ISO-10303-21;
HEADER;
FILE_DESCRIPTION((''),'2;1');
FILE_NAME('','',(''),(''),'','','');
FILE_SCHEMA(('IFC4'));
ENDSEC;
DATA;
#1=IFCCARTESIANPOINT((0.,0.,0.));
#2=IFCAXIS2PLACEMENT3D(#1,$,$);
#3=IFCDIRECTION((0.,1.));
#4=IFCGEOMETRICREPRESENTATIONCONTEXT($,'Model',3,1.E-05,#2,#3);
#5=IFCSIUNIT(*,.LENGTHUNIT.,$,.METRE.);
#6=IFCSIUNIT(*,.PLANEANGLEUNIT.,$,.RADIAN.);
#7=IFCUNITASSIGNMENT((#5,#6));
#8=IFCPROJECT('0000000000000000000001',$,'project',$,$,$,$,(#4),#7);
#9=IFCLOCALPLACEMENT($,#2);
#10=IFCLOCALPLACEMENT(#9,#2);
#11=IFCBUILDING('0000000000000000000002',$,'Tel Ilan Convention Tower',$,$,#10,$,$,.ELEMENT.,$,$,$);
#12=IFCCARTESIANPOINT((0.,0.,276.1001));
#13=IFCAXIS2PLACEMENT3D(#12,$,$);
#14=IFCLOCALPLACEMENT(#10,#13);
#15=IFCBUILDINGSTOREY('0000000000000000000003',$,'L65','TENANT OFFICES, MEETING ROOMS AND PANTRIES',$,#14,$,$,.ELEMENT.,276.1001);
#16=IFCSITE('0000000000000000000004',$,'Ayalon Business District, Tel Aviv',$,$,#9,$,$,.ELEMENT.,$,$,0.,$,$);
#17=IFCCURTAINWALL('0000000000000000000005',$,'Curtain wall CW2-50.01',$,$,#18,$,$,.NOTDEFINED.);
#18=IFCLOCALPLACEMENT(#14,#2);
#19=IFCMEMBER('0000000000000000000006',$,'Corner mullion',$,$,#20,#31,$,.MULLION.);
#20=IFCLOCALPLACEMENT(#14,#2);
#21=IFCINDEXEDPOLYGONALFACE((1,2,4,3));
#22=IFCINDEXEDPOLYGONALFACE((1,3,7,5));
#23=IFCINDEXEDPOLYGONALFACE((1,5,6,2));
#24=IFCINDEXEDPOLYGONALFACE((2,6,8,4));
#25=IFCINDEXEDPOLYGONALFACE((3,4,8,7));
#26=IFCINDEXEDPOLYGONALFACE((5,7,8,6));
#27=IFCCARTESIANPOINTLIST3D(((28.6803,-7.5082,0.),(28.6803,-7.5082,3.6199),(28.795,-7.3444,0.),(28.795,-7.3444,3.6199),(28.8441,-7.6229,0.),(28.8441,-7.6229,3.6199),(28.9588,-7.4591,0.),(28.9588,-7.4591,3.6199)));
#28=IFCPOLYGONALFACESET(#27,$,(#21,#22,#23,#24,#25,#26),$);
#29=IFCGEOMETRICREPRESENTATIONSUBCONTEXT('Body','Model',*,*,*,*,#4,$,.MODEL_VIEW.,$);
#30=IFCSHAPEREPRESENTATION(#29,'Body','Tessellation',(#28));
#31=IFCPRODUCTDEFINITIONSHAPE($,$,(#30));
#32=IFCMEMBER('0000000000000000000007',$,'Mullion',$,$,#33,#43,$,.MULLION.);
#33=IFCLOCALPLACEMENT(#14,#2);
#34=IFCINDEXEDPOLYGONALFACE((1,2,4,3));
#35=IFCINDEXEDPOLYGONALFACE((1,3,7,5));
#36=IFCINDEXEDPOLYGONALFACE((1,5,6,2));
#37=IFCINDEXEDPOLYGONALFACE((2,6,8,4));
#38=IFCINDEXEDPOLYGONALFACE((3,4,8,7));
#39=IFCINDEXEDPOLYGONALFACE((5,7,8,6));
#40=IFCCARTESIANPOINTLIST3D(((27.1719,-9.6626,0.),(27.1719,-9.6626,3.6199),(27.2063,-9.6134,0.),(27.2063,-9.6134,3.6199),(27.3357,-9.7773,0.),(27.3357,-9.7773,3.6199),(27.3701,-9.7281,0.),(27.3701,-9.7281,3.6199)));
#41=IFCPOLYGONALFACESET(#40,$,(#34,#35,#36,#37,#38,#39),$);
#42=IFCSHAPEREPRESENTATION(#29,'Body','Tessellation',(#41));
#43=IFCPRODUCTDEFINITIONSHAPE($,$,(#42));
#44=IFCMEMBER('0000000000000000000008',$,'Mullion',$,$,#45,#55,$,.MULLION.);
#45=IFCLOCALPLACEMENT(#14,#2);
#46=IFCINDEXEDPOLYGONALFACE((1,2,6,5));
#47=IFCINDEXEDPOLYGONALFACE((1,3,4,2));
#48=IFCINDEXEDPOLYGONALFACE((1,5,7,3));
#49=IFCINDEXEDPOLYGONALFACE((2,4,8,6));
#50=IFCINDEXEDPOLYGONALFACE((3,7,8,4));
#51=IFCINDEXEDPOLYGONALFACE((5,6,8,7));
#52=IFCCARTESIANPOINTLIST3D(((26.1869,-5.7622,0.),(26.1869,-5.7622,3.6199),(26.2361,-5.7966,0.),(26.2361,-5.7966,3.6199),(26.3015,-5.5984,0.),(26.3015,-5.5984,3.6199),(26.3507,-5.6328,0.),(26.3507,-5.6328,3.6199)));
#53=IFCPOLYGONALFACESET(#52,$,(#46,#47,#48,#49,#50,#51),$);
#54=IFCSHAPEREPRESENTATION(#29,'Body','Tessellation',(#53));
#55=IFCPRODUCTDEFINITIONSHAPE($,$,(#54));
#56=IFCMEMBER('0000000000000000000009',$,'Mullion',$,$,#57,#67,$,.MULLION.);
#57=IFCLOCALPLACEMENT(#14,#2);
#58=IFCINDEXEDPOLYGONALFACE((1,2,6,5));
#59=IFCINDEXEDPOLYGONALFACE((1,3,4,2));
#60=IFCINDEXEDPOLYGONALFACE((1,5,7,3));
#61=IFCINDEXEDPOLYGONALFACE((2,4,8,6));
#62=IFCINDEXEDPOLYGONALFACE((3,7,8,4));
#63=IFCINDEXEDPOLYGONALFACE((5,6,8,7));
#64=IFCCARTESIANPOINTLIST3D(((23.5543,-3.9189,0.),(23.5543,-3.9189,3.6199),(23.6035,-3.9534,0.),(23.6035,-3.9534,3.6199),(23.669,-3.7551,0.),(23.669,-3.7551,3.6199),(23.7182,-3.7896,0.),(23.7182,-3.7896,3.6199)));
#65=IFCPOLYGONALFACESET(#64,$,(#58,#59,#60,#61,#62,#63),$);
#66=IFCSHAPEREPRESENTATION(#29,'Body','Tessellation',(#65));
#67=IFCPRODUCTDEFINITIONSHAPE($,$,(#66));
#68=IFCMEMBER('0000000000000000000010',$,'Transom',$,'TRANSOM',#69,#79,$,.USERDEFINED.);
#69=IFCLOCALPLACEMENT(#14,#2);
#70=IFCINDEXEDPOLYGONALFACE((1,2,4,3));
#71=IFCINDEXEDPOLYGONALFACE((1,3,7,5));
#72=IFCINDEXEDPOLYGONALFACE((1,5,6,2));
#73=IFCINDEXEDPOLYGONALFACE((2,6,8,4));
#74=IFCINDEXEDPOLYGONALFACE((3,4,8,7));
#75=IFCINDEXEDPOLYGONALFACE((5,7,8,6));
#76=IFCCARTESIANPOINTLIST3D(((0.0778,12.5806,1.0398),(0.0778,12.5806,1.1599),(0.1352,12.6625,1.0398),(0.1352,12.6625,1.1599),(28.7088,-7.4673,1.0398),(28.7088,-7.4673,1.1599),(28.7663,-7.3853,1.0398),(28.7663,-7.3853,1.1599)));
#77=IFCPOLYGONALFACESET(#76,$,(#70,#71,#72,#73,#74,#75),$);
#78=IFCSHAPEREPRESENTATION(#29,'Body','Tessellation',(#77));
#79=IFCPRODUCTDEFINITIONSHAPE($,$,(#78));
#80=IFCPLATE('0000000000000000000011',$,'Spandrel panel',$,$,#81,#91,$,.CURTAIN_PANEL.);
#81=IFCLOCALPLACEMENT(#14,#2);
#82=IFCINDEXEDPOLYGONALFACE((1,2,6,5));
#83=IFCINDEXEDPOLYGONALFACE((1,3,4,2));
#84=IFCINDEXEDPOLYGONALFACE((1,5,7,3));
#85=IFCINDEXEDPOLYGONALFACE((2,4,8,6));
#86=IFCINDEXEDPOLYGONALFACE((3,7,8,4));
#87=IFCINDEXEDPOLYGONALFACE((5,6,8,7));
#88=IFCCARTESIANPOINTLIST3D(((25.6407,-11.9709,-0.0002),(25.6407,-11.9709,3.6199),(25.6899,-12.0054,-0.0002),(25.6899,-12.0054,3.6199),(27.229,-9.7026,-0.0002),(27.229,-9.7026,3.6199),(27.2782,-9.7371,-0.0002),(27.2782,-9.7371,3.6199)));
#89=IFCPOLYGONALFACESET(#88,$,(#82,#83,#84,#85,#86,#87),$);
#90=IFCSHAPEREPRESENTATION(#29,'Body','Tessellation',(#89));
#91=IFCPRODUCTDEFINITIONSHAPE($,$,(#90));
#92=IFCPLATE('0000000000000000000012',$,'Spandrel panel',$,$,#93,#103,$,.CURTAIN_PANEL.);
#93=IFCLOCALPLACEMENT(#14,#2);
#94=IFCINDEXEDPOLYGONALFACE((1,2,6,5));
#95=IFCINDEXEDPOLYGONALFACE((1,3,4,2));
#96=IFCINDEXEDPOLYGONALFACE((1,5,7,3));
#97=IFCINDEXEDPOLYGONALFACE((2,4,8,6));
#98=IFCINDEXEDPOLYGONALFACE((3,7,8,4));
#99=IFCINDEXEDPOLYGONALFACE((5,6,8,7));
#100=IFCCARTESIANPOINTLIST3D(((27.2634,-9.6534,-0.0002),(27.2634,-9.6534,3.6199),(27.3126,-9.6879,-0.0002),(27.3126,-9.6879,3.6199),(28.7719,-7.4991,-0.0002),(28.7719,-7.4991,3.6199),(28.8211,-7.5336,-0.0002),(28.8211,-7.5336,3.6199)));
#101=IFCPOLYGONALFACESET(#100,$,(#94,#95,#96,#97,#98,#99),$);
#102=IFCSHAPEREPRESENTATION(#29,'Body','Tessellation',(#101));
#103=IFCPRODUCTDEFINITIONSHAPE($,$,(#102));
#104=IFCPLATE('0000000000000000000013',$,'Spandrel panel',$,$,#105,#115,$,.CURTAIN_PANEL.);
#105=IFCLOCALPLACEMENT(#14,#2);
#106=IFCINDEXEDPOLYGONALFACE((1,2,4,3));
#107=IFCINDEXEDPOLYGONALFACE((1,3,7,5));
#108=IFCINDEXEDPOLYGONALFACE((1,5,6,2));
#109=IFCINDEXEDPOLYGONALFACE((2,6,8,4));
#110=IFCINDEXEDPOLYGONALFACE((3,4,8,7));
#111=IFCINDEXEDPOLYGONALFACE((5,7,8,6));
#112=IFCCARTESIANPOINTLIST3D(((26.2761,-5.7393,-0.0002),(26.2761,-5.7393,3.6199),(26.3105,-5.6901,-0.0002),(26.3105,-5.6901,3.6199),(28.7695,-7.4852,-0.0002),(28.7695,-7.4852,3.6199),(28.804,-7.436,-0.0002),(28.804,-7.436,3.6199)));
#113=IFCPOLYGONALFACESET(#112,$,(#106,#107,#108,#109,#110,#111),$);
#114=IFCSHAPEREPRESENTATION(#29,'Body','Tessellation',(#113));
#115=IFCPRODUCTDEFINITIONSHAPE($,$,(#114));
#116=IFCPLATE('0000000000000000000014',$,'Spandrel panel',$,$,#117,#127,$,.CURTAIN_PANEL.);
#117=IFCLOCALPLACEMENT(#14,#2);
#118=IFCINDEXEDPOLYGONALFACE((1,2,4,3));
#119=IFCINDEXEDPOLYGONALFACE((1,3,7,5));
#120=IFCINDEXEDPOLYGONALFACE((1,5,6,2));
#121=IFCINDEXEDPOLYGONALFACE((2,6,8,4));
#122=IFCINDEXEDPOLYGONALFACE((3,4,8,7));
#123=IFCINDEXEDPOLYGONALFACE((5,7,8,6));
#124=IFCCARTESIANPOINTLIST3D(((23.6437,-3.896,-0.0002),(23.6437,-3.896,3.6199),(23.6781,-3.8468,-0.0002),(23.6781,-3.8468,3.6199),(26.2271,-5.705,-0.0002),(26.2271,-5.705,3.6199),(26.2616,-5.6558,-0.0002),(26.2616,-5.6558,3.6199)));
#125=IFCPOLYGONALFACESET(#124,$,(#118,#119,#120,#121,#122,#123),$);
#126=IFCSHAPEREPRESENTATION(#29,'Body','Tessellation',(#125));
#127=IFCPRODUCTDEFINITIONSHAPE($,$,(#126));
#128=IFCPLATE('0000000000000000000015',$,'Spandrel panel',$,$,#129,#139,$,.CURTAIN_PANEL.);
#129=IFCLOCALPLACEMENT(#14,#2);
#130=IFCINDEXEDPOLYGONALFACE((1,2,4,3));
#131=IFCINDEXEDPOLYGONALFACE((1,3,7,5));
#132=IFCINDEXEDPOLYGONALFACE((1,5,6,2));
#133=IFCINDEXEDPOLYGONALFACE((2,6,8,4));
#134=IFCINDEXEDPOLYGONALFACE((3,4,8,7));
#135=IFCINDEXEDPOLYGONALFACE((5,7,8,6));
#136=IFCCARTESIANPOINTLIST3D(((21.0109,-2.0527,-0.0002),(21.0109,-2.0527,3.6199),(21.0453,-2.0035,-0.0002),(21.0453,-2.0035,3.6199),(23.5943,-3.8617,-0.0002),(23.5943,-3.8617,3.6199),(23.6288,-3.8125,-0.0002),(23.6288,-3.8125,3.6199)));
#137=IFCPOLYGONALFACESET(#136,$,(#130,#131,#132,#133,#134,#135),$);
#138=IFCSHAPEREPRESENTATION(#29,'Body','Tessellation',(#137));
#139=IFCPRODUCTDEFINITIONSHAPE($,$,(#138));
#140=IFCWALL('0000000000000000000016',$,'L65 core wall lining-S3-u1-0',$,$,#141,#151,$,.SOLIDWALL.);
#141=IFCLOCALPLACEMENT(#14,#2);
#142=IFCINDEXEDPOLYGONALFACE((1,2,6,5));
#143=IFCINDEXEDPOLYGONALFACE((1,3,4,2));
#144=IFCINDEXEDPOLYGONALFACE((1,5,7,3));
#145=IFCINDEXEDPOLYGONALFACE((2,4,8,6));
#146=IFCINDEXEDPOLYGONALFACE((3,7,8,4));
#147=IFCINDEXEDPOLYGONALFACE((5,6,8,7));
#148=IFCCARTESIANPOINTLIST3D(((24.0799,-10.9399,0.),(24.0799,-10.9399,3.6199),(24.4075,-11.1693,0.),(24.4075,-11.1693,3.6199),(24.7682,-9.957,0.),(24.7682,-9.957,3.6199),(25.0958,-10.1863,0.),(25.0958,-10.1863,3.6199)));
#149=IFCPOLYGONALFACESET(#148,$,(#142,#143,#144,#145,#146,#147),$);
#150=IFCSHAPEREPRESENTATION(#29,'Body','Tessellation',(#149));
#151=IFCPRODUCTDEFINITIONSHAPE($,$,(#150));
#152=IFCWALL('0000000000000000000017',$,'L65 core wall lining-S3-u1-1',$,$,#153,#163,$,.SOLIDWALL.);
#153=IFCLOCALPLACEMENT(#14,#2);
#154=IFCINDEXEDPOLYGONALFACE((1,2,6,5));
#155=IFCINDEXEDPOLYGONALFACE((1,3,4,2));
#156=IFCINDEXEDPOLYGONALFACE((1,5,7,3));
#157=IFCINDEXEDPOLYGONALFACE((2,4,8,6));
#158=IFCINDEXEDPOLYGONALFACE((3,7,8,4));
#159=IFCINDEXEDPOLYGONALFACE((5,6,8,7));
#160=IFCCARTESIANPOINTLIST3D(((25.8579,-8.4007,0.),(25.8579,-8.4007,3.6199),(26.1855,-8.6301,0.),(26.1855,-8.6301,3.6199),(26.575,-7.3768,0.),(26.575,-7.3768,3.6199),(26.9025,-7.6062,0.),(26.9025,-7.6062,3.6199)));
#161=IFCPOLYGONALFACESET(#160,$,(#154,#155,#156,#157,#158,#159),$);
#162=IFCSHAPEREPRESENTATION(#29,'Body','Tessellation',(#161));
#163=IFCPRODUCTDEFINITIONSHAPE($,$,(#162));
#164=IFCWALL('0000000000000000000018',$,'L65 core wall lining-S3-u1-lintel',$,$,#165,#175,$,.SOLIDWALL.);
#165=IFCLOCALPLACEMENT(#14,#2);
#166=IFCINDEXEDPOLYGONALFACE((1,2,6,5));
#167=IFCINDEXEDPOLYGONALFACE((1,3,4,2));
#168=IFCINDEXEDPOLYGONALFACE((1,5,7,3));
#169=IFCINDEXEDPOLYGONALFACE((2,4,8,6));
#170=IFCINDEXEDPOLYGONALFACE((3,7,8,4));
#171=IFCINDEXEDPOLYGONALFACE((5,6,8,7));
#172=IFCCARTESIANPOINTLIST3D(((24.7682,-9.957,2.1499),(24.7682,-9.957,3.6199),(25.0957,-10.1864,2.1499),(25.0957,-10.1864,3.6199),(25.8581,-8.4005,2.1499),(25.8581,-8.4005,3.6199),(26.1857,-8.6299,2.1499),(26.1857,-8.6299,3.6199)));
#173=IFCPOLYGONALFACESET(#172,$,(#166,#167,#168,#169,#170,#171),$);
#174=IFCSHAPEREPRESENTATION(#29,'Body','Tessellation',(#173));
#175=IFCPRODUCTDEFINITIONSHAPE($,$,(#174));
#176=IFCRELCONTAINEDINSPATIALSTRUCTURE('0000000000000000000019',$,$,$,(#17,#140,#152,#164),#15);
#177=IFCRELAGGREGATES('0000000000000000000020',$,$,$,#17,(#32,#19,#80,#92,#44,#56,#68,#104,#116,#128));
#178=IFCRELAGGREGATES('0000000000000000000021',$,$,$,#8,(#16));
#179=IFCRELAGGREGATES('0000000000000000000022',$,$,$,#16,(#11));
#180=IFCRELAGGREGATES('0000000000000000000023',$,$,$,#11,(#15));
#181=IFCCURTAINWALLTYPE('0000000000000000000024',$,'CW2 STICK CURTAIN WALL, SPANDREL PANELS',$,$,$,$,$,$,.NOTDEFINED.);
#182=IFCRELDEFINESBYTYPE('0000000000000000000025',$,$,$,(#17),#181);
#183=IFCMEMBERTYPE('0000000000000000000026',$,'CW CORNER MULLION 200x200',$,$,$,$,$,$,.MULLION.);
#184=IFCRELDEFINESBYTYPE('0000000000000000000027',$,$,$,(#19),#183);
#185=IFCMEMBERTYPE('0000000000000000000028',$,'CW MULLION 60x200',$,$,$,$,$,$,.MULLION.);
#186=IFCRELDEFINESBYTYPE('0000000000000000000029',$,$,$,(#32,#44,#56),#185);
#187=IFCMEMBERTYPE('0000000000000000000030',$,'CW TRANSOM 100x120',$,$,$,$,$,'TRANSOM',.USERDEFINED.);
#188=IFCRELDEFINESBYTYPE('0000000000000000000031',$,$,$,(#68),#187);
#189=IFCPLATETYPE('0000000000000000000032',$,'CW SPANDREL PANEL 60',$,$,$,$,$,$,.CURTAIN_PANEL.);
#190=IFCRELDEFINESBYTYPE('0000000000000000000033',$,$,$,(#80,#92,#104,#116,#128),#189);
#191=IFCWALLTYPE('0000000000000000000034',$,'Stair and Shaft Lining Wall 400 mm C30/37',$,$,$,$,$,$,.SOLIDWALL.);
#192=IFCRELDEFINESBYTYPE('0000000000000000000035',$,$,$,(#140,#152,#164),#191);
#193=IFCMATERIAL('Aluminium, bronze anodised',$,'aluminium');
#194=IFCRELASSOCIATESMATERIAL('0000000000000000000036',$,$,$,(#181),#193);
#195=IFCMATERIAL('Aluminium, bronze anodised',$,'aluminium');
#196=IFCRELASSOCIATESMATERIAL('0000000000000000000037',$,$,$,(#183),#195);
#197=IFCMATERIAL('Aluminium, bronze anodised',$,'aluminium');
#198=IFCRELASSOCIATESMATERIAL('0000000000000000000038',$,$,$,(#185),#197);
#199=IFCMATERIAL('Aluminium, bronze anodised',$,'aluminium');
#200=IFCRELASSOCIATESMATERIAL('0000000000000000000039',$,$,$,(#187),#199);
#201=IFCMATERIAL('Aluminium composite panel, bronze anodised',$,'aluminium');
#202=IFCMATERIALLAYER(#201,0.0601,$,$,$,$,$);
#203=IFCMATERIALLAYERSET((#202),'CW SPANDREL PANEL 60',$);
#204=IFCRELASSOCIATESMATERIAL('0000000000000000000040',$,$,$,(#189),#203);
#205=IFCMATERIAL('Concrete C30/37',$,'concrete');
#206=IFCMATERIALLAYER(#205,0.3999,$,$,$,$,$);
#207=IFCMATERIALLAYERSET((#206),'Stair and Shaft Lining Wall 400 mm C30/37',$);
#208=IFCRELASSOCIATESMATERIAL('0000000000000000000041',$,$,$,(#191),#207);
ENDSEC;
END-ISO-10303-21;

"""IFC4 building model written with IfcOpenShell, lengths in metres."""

from ifc_helpers import new_model, si_unit, direction, frame, frame_2d, origin, origin_2d, place, context, subcontext, project, spatial, rectangle, extrude, material, layer, layer_set, material_profile, profile_set, type_object, element, aggregate, save


model = new_model("IFC4")

# Units and contexts
model_context = context("Model", 3, precision=1e-05, world=origin(), true_north=direction((0.0, 1.0)))
body_context = subcontext(model_context, "Body", "Model", "MODEL_VIEW")
ifc_project = project(units=[si_unit("LENGTHUNIT", "METRE"), si_unit("PLANEANGLEUNIT", "RADIAN")], contexts=[model_context])

# Site, building, storey
site_placement = place(None, origin())
site = spatial("IfcSite", under=ifc_project, at=site_placement, Name="Ayalon Business District, Tel Aviv", CompositionType="ELEMENT", RefElevation=0.0)
building_placement = place(site_placement, origin())
building = spatial("IfcBuilding", under=site, at=building_placement, Name="Tel Ilan Convention Tower", CompositionType="ELEMENT")
storey_placement = place(building_placement, frame((0.0, 0.0, 276.1001)))
storey = spatial("IfcBuildingStorey", under=building, at=storey_placement, Name="L65", Description="TENANT OFFICES, MEETING ROOMS AND PANTRIES", CompositionType="ELEMENT", Elevation=276.1001)

# Curtain wall, members, plates
ifc_material_1 = material(Name="Aluminium, bronze anodised", Category="aluminium")
curtain_wall_type = type_object("IfcCurtainWallType", Name="CW2 STICK CURTAIN WALL, SPANDREL PANELS", PredefinedType="NOTDEFINED", material=ifc_material_1)
curtain_wall_placement = place(storey_placement, origin())
curtain_wall = element("IfcCurtainWall", 1, at=curtain_wall_placement, inside=storey, type_object=curtain_wall_type, Name="Curtain wall CW2-50.01", PredefinedType="NOTDEFINED")
ifc_material_2 = material(Name="Aluminium, bronze anodised", Category="aluminium")
ifc_material_profile_1 = material_profile(ifc_material_2, rectangle(XDim=0.2, YDim=0.2, at=origin_2d()), Name="CW CORNER MULLION 200x200")
ifc_profile_set_1 = profile_set([ifc_material_profile_1], Name="Aluminium, bronze anodised")
member_type_1 = type_object("IfcMemberType", Name="CW CORNER MULLION 200x200", PredefinedType="MULLION", material=ifc_profile_set_1)
member_1_placement = place(storey_placement, frame((28.8196, -7.4836, 0.0), z_axis=(0.0, 0.0, 1.0), x_axis=(0.573576, 0.819152, 0.0)))
member_1 = element("IfcMember", 2, at=member_1_placement, type_object=member_type_1, Name="Corner mullion", PredefinedType="MULLION", context=body_context, shape_type="SweptSolid", body=[
    extrude(rectangle(XDim=0.2, YDim=0.2, at=origin_2d()), origin(), (0.0, 0.0, 1.0), 3.6199),
])
ifc_material_3 = material(Name="Aluminium, bronze anodised", Category="aluminium")
ifc_material_profile_2 = material_profile(ifc_material_3, rectangle(XDim=0.0601, YDim=0.2, at=origin_2d()), Name="CW MULLION 60x200")
ifc_profile_set_2 = profile_set([ifc_material_profile_2], Name="Aluminium, bronze anodised")
member_type_2 = type_object("IfcMemberType", Name="CW MULLION 60x200", PredefinedType="MULLION", material=ifc_profile_set_2)
member_2_placement = place(storey_placement, frame((27.271, -9.6953, 0.0), z_axis=(0.0, 0.0, 1.0), x_axis=(0.573576, 0.819152, 0.0)))
member_2 = element("IfcMember", 3, at=member_2_placement, type_object=member_type_2, Name="Mullion", PredefinedType="MULLION", context=body_context, shape_type="SweptSolid", body=[
    extrude(rectangle(XDim=0.0601, YDim=0.2, at=origin_2d()), origin(), (0.0, 0.0, 1.0), 3.6199),
])
member_3_placement = place(storey_placement, frame((26.2688, -5.6975, 0.0), z_axis=(0.0, 0.0, 1.0), x_axis=(-0.819152, 0.573576, 0.0)))
member_3 = element("IfcMember", 4, at=member_3_placement, type_object=member_type_2, Name="Mullion", PredefinedType="MULLION", context=body_context, shape_type="SweptSolid", body=[
    extrude(rectangle(XDim=0.0601, YDim=0.2, at=origin_2d()), origin(), (0.0, 0.0, 1.0), 3.6199),
])
member_4_placement = place(storey_placement, frame((23.6362, -3.8542, 0.0), z_axis=(0.0, 0.0, 1.0), x_axis=(-0.819152, 0.573576, 0.0)))
member_4 = element("IfcMember", 5, at=member_4_placement, type_object=member_type_2, Name="Mullion", PredefinedType="MULLION", context=body_context, shape_type="SweptSolid", body=[
    extrude(rectangle(XDim=0.0601, YDim=0.2, at=origin_2d()), origin(), (0.0, 0.0, 1.0), 3.6199),
])
ifc_material_4 = material(Name="Aluminium, bronze anodised", Category="aluminium")
ifc_material_profile_3 = material_profile(ifc_material_4, rectangle(XDim=0.1001, YDim=0.1201, at=origin_2d()), Name="CW TRANSOM 100x120")
ifc_profile_set_3 = profile_set([ifc_material_profile_3], Name="Aluminium, bronze anodised")
member_type_3 = type_object("IfcMemberType", Name="CW TRANSOM 100x120", ElementType="TRANSOM", PredefinedType="USERDEFINED", material=ifc_profile_set_3)
member_5_placement = place(storey_placement, frame((28.7375, -7.4263, 1.0999), z_axis=(-0.81915, 0.573579, 0.0), x_axis=(-0.573579, -0.81915, 0.0)))
member_5 = element("IfcMember", 6, at=member_5_placement, type_object=member_type_3, Name="Transom", ObjectType="TRANSOM", PredefinedType="USERDEFINED", context=body_context, shape_type="SweptSolid", body=[
    extrude(rectangle(XDim=0.1001, YDim=0.1201, at=origin_2d()), origin(), (0.0, 0.0, 1.0), 34.9521),
])
ifc_material_5 = material(Name="Aluminium composite panel, bronze anodised", Category="aluminium")
ifc_layer_1 = layer(ifc_material_5, 0.0601)
ifc_layer_set_1 = layer_set([ifc_layer_1], Name="CW SPANDREL PANEL 60")
plate_type = type_object("IfcPlateType", Name="CW SPANDREL PANEL 60", PredefinedType="CURTAIN_PANEL", material=ifc_layer_set_1)
plate_1_placement = place(storey_placement, frame((26.4595, -10.854, -0.0002), z_axis=(0.0, 0.0, 1.0), x_axis=(0.573576, 0.819152, 0.0)))
plate_1 = element("IfcPlate", 7, at=plate_1_placement, type_object=plate_type, Name="Spandrel panel", PredefinedType="CURTAIN_PANEL", context=body_context, shape_type="SweptSolid", body=[
    extrude(rectangle(XDim=2.769, YDim=0.0601, at=origin_2d()), origin(), (0.0, 0.0, 1.0), 3.6201),
])
plate_2_placement = place(storey_placement, frame((28.0422, -8.5935, -0.0002), z_axis=(0.0, 0.0, 1.0), x_axis=(0.573576, 0.819152, 0.0)))
plate_2 = element("IfcPlate", 8, at=plate_2_placement, type_object=plate_type, Name="Spandrel panel", PredefinedType="CURTAIN_PANEL", context=body_context, shape_type="SweptSolid", body=[
    extrude(rectangle(XDim=2.6299, YDim=0.0601, at=origin_2d()), origin(), (0.0, 0.0, 1.0), 3.6201),
])
plate_3_placement = place(storey_placement, frame((27.54, -6.5876, -0.0002), z_axis=(0.0, 0.0, 1.0), x_axis=(-0.819152, 0.573576, 0.0)))
plate_3 = element("IfcPlate", 9, at=plate_3_placement, type_object=plate_type, Name="Spandrel panel", PredefinedType="CURTAIN_PANEL", context=body_context, shape_type="SweptSolid", body=[
    extrude(rectangle(XDim=3.0439, YDim=0.0601, at=origin_2d()), origin(), (0.0, 0.0, 1.0), 3.6201),
])
plate_4_placement = place(storey_placement, frame((24.9526, -4.7759, -0.0002), z_axis=(0.0, 0.0, 1.0), x_axis=(-0.819152, 0.573576, 0.0)))
plate_4 = element("IfcPlate", 10, at=plate_4_placement, type_object=plate_type, Name="Spandrel panel", PredefinedType="CURTAIN_PANEL", context=body_context, shape_type="SweptSolid", body=[
    extrude(rectangle(XDim=3.1538, YDim=0.0601, at=origin_2d()), origin(), (0.0, 0.0, 1.0), 3.6201),
])
plate_5_placement = place(storey_placement, frame((22.3198, -2.9326, -0.0002), z_axis=(0.0, 0.0, 1.0), x_axis=(-0.819152, 0.573576, 0.0)))
plate_5 = element("IfcPlate", 11, at=plate_5_placement, type_object=plate_type, Name="Spandrel panel", PredefinedType="CURTAIN_PANEL", context=body_context, shape_type="SweptSolid", body=[
    extrude(rectangle(XDim=3.1538, YDim=0.0601, at=origin_2d()), origin(), (0.0, 0.0, 1.0), 3.6201),
])
aggregate(curtain_wall, [member_2, member_1, plate_1, plate_2, member_3, member_4, member_5, plate_3, plate_4, plate_5])

# Walls
ifc_material_6 = material(Name="Concrete C30/37", Category="concrete")
ifc_layer_2 = layer(ifc_material_6, 0.3999)
ifc_layer_set_2 = layer_set([ifc_layer_2], Name="Stair and Shaft Lining Wall 400 mm C30/37")
wall_type = type_object("IfcWallType", Name="Stair and Shaft Lining Wall 400 mm C30/37", PredefinedType="SOLIDWALL", material=ifc_layer_set_2)
wall_1_placement = place(storey_placement, frame((24.2437, -11.0547, 0.0), z_axis=(0.0, 0.0, 1.0), x_axis=(0.573572, 0.819155, 0.0)))
element("IfcWall", 12, at=wall_1_placement, inside=storey, type_object=wall_type, Name="L65 core wall lining-S3-u1-0", PredefinedType="SOLIDWALL", context=body_context, shape_type="SweptSolid", body=[
    extrude(rectangle(XDim=1.2, YDim=0.3999, at=frame_2d((0.6001, 0.0))), origin(), (0.0, 0.0, 1.0), 3.6199),
])
wall_2_placement = place(storey_placement, frame((26.0217, -8.5154, 0.0), z_axis=(0.0, 0.0, 1.0), x_axis=(0.57362, 0.819122, 0.0)))
element("IfcWall", 13, at=wall_2_placement, inside=storey, type_object=wall_type, Name="L65 core wall lining-S3-u1-1", PredefinedType="SOLIDWALL", context=body_context, shape_type="SweptSolid", body=[
    extrude(rectangle(XDim=1.25, YDim=0.3999, at=frame_2d((0.625, 0.0))), origin(), (0.0, 0.0, 1.0), 3.6199),
])
wall_3_placement = place(storey_placement, frame((24.9319, -10.0718, 2.1499), z_axis=(0.0, 0.0, 1.0), x_axis=(0.573592, 0.819141, 0.0)))
element("IfcWall", 14, at=wall_3_placement, inside=storey, type_object=wall_type, Name="L65 core wall lining-S3-u1-lintel", PredefinedType="SOLIDWALL", context=body_context, shape_type="SweptSolid", body=[
    extrude(rectangle(XDim=1.9001, YDim=0.3999, at=frame_2d((0.9502, 0.0))), origin(), (0.0, 0.0, 1.0), 1.47),
])

save(model, "model.ifc")
